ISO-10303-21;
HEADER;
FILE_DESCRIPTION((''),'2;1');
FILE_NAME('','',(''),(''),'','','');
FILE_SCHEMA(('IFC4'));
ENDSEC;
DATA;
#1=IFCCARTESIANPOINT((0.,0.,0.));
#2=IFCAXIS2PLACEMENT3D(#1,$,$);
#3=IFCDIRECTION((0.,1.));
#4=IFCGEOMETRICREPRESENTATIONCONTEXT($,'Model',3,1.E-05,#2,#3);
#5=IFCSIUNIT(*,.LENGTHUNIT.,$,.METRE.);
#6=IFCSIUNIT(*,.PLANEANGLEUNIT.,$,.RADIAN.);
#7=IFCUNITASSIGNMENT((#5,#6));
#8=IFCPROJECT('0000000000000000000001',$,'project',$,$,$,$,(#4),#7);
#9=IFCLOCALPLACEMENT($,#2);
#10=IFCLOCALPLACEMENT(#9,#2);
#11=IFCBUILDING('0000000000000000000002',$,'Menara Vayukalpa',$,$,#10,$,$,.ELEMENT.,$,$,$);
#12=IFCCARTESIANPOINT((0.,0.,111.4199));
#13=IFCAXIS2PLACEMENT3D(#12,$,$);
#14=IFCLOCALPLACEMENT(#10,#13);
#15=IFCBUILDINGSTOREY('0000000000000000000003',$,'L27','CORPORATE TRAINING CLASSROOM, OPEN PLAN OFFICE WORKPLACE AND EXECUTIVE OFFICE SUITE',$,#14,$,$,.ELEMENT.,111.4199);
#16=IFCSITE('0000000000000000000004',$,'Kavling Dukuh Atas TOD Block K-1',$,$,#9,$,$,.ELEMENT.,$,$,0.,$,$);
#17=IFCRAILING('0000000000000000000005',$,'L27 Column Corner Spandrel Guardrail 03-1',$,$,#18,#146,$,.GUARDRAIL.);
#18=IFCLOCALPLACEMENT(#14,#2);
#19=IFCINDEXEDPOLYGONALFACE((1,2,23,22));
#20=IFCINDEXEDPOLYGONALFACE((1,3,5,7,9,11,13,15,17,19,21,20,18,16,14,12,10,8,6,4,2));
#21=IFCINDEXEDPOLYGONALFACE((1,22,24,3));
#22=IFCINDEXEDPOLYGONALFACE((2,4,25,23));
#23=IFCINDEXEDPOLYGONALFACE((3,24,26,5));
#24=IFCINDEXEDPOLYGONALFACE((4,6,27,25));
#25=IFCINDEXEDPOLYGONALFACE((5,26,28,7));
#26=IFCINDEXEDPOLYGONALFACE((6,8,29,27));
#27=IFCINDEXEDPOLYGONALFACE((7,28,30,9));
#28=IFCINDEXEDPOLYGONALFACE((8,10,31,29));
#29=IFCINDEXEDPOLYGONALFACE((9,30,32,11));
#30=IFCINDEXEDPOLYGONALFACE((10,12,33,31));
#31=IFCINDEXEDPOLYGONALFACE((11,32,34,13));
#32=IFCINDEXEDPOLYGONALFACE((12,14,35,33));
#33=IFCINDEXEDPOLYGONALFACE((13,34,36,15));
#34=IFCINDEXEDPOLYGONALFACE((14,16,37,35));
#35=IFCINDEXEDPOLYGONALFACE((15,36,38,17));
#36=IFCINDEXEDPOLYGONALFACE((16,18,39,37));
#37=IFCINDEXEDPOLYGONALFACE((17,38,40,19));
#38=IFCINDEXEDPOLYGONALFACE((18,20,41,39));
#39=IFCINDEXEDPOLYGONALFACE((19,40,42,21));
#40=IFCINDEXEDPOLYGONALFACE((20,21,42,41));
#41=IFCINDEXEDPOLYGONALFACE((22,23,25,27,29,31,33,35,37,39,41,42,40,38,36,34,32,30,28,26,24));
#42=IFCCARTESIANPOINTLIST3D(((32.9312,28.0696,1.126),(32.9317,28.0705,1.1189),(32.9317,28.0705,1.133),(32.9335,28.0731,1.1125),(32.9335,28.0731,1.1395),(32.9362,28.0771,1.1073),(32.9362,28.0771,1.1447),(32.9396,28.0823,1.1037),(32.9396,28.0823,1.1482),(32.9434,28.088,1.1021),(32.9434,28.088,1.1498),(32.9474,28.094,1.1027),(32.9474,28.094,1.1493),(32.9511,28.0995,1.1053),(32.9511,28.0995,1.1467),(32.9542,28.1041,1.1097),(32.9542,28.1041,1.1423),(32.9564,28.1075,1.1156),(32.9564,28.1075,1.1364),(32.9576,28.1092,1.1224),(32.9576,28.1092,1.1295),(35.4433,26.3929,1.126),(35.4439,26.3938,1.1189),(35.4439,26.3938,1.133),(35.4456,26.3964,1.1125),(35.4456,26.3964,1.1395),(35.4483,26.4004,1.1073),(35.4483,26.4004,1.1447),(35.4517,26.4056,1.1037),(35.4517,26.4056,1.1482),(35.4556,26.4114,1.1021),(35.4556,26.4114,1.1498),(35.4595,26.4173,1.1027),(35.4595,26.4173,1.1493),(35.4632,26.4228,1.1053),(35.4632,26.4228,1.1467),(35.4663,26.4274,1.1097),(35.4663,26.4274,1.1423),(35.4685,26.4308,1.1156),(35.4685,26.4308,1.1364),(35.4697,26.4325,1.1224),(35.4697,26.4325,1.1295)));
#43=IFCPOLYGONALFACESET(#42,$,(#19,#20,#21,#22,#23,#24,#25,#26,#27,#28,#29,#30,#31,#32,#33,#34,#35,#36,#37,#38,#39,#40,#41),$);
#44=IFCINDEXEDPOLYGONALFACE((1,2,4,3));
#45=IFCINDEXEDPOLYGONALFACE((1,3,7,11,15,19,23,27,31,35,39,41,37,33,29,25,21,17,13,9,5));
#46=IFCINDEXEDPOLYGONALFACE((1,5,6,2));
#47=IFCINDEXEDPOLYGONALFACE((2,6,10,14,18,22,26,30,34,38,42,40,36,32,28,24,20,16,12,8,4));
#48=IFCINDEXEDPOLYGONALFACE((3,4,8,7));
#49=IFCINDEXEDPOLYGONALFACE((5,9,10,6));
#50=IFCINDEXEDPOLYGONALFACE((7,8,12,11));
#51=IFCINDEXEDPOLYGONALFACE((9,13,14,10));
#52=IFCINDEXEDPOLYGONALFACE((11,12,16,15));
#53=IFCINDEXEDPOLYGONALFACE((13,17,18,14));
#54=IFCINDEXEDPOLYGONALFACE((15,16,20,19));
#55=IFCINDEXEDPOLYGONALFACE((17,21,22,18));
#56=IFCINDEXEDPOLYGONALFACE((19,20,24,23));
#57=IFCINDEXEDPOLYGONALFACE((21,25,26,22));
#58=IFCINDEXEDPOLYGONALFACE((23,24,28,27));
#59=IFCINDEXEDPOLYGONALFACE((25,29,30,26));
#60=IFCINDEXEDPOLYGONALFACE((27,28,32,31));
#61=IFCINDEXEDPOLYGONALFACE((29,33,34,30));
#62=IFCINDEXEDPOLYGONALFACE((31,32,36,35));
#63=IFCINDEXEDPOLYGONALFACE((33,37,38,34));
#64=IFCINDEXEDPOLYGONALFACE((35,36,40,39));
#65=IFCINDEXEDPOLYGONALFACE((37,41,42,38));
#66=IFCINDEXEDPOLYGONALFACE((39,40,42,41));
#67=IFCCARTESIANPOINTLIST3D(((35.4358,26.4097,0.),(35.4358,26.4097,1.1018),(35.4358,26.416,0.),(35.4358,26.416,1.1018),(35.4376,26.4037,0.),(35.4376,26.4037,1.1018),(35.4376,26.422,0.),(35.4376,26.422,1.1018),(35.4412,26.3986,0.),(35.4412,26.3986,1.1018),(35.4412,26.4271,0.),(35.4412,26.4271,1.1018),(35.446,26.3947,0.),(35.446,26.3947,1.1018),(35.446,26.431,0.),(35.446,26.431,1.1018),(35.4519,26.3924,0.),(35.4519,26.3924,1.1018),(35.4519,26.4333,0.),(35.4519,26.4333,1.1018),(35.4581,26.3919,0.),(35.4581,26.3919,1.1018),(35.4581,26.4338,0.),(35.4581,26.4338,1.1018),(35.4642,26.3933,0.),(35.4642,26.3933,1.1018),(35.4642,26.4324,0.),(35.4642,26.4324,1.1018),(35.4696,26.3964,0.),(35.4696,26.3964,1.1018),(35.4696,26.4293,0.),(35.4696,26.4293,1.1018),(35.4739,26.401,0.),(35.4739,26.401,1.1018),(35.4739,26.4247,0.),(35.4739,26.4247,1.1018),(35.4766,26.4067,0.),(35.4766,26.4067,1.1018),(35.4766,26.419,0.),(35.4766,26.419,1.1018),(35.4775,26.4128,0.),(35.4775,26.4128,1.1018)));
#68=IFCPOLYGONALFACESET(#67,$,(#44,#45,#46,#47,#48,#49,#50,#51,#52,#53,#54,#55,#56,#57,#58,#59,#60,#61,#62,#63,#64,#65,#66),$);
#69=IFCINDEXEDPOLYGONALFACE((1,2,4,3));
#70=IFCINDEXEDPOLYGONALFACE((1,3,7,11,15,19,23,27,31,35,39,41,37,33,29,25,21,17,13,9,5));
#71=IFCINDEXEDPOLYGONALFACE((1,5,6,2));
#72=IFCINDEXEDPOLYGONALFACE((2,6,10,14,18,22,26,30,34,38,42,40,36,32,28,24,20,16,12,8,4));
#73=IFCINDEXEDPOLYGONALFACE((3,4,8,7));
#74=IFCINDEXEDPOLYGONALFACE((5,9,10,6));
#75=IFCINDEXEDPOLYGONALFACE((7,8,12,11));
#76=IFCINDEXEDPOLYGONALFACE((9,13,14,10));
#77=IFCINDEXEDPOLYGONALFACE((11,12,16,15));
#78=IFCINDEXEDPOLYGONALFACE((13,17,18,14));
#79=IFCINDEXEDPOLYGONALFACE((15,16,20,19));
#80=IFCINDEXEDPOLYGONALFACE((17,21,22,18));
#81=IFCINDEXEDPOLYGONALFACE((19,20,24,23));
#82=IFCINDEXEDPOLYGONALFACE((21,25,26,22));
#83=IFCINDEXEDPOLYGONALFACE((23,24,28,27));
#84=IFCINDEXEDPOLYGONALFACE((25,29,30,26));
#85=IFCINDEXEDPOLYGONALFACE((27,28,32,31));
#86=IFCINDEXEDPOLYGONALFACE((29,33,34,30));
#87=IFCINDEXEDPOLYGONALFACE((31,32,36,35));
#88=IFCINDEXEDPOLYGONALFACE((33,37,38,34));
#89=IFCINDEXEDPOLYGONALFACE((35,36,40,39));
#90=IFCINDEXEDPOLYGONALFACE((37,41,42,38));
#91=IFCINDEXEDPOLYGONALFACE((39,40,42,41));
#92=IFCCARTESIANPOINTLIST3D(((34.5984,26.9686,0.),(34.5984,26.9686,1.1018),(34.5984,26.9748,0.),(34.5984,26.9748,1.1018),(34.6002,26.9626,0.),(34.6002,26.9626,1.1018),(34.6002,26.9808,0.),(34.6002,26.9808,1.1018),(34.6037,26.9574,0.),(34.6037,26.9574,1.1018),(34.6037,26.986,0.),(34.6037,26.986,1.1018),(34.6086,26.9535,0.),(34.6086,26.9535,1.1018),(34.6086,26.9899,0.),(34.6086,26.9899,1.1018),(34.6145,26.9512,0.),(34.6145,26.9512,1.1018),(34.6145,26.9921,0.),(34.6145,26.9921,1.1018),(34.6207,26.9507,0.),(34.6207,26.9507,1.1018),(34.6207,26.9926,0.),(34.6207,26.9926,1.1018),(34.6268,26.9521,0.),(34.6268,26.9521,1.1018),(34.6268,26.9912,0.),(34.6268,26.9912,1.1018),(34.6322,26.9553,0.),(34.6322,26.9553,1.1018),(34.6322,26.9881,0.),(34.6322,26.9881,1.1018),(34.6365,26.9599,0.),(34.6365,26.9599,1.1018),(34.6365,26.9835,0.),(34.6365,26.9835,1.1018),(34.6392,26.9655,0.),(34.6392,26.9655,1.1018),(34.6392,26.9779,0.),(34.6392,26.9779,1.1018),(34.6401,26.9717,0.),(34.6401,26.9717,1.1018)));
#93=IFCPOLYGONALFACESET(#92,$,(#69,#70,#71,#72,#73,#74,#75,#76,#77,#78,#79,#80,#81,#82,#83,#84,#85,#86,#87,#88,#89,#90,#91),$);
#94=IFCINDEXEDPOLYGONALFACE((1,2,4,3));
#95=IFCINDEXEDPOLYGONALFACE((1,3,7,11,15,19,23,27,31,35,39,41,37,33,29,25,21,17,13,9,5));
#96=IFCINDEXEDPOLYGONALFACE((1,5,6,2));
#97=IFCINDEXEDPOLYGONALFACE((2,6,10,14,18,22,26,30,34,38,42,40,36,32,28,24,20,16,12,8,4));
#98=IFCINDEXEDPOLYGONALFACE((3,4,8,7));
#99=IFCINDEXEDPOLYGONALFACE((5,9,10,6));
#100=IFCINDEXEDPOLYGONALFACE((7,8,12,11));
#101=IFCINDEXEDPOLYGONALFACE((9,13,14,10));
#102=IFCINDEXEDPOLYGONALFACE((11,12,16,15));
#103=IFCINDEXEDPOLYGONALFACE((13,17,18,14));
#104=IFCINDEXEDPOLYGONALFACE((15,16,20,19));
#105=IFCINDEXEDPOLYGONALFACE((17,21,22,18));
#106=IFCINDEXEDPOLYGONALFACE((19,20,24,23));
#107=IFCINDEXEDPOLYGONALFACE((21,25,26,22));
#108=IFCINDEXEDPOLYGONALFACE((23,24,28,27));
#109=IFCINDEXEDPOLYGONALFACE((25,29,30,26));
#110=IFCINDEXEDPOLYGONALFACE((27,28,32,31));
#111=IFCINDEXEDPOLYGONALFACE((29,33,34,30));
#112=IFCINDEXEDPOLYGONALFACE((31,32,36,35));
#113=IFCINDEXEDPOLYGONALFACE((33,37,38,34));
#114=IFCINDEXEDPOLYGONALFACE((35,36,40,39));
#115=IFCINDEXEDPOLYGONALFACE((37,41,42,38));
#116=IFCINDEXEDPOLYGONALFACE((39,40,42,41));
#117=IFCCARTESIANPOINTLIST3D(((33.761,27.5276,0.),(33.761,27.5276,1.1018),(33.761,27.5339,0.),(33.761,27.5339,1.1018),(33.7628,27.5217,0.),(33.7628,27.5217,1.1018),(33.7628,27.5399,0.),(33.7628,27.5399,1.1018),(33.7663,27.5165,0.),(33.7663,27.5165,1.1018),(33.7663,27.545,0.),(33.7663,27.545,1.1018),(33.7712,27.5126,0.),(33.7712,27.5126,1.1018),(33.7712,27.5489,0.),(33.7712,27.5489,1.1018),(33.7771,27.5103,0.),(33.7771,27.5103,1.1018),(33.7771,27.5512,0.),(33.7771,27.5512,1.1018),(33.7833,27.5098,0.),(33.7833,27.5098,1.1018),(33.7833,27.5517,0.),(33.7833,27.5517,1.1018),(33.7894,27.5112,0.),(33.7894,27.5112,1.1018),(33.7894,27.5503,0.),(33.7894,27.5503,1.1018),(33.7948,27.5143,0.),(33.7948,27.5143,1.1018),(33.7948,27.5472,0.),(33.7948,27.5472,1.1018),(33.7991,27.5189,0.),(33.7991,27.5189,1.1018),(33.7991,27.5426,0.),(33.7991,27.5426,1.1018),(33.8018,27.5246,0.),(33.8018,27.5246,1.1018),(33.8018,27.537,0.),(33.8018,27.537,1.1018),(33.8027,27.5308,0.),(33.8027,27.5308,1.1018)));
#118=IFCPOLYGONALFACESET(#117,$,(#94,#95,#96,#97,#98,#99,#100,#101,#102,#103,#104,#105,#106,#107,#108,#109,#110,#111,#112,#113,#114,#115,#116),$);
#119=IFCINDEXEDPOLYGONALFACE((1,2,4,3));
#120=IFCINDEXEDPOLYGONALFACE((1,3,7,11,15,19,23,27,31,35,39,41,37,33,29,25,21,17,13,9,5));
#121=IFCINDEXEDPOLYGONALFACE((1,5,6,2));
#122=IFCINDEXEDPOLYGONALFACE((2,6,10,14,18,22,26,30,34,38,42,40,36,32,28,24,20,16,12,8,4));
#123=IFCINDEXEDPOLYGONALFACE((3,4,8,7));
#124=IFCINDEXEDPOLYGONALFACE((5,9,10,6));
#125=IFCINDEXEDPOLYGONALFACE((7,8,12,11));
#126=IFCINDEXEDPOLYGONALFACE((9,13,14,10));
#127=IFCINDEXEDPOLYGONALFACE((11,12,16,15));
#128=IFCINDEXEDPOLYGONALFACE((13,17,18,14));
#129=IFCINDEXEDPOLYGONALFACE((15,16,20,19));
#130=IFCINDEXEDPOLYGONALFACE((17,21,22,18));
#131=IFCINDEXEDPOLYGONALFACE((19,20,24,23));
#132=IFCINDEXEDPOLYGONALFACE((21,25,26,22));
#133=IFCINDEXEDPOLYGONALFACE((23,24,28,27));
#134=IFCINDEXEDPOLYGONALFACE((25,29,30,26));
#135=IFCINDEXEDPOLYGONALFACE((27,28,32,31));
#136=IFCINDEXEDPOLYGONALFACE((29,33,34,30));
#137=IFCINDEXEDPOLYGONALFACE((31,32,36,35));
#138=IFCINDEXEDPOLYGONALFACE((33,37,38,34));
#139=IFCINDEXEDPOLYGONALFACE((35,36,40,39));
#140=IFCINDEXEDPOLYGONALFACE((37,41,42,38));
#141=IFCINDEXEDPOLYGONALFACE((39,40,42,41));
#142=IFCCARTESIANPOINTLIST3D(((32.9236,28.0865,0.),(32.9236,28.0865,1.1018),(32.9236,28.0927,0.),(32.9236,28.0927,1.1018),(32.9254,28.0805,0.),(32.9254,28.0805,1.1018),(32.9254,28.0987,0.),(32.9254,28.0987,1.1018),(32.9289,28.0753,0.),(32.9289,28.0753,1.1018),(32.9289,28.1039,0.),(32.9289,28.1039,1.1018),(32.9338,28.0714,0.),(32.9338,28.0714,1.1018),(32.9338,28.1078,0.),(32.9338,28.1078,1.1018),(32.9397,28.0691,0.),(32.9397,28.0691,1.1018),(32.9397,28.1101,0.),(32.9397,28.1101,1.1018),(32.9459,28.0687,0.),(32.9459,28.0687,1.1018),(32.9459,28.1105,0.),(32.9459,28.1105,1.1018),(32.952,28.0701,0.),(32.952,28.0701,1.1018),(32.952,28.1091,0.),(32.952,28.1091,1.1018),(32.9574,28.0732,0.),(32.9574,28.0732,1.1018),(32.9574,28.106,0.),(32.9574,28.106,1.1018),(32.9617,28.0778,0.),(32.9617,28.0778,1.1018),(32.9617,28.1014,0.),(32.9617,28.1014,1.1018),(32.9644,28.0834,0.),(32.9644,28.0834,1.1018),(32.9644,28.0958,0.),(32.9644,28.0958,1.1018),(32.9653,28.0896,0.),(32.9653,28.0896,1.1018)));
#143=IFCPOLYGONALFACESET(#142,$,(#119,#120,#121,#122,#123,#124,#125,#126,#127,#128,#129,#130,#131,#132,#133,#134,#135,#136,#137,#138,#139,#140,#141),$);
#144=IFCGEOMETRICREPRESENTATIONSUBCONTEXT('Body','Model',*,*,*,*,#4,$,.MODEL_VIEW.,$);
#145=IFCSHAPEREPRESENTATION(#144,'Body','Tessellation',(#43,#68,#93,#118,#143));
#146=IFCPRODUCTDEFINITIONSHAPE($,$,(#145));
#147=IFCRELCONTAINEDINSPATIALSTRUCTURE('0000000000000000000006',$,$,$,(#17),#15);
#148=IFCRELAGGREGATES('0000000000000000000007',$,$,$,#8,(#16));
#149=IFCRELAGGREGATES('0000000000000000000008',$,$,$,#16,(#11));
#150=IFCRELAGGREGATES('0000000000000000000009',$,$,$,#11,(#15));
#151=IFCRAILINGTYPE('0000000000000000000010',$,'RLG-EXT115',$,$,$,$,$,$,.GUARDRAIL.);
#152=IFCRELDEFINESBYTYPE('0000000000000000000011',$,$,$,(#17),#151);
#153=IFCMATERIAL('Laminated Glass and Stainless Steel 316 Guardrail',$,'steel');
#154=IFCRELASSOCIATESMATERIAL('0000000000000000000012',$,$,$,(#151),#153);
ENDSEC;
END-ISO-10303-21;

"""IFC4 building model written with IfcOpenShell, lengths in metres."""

from ifc_helpers import new_model, si_unit, direction, frame, origin, origin_2d, place, context, subcontext, project, spatial, circle, extrude, material, type_object, element, save


model = new_model("IFC4")

# Units and contexts
model_context = context("Model", 3, precision=1e-05, world=origin(), true_north=direction((0.0, 1.0)))
body_context = subcontext(model_context, "Body", "Model", "MODEL_VIEW")
ifc_project = project(units=[si_unit("LENGTHUNIT", "METRE"), si_unit("PLANEANGLEUNIT", "RADIAN")], contexts=[model_context])

# Site, building, storey
site_placement = place(None, origin())
site = spatial("IfcSite", under=ifc_project, at=site_placement, Name="Kavling Dukuh Atas TOD Block K-1", CompositionType="ELEMENT", RefElevation=0.0)
building_placement = place(site_placement, origin())
building = spatial("IfcBuilding", under=site, at=building_placement, Name="Menara Vayukalpa", CompositionType="ELEMENT")
storey_placement = place(building_placement, frame((0.0, 0.0, 111.4199)))
storey = spatial("IfcBuildingStorey", under=building, at=storey_placement, Name="L27", Description="CORPORATE TRAINING CLASSROOM, OPEN PLAN OFFICE WORKPLACE AND EXECUTIVE OFFICE SUITE", CompositionType="ELEMENT", Elevation=111.4199)

# Railing
ifc_material_1 = material(Name="Laminated Glass and Stainless Steel 316 Guardrail", Category="steel")
railing_type_1 = type_object("IfcRailingType", Name="RLG-EXT115", PredefinedType="GUARDRAIL", material=ifc_material_1)
railing_1_placement = place(storey_placement, frame((35.4565, 26.4128, 0.0)))
element("IfcRailing", 1, at=railing_1_placement, inside=storey, type_object=railing_type_1, Name="L27 Column Corner Spandrel Guardrail 03-1", PredefinedType="GUARDRAIL", context=body_context, shape_type="SweptSolid", body=[
    extrude(circle(Radius=0.0239, at=origin_2d()), frame((0.0, 0.0, 1.126), z_axis=(-0.831752, 0.555148, 0.0), x_axis=(-0.555148, -0.831752, 0.0)), (0.0, 0.0, 1.0), 3.0203),
    extrude(circle(Radius=0.021, at=origin_2d()), origin(), (0.0, 0.0, 1.0), 1.1018),
    extrude(circle(Radius=0.021, at=origin_2d()), frame((-0.8374, 0.5588, 0.0)), (0.0, 0.0, 1.0), 1.1018),
    extrude(circle(Radius=0.021, at=origin_2d()), frame((-1.6748, 1.1179, 0.0)), (0.0, 0.0, 1.0), 1.1018),
    extrude(circle(Radius=0.021, at=origin_2d()), frame((-2.5122, 1.6768, 0.0)), (0.0, 0.0, 1.0), 1.1018),
])

save(model, "model.ifc")
